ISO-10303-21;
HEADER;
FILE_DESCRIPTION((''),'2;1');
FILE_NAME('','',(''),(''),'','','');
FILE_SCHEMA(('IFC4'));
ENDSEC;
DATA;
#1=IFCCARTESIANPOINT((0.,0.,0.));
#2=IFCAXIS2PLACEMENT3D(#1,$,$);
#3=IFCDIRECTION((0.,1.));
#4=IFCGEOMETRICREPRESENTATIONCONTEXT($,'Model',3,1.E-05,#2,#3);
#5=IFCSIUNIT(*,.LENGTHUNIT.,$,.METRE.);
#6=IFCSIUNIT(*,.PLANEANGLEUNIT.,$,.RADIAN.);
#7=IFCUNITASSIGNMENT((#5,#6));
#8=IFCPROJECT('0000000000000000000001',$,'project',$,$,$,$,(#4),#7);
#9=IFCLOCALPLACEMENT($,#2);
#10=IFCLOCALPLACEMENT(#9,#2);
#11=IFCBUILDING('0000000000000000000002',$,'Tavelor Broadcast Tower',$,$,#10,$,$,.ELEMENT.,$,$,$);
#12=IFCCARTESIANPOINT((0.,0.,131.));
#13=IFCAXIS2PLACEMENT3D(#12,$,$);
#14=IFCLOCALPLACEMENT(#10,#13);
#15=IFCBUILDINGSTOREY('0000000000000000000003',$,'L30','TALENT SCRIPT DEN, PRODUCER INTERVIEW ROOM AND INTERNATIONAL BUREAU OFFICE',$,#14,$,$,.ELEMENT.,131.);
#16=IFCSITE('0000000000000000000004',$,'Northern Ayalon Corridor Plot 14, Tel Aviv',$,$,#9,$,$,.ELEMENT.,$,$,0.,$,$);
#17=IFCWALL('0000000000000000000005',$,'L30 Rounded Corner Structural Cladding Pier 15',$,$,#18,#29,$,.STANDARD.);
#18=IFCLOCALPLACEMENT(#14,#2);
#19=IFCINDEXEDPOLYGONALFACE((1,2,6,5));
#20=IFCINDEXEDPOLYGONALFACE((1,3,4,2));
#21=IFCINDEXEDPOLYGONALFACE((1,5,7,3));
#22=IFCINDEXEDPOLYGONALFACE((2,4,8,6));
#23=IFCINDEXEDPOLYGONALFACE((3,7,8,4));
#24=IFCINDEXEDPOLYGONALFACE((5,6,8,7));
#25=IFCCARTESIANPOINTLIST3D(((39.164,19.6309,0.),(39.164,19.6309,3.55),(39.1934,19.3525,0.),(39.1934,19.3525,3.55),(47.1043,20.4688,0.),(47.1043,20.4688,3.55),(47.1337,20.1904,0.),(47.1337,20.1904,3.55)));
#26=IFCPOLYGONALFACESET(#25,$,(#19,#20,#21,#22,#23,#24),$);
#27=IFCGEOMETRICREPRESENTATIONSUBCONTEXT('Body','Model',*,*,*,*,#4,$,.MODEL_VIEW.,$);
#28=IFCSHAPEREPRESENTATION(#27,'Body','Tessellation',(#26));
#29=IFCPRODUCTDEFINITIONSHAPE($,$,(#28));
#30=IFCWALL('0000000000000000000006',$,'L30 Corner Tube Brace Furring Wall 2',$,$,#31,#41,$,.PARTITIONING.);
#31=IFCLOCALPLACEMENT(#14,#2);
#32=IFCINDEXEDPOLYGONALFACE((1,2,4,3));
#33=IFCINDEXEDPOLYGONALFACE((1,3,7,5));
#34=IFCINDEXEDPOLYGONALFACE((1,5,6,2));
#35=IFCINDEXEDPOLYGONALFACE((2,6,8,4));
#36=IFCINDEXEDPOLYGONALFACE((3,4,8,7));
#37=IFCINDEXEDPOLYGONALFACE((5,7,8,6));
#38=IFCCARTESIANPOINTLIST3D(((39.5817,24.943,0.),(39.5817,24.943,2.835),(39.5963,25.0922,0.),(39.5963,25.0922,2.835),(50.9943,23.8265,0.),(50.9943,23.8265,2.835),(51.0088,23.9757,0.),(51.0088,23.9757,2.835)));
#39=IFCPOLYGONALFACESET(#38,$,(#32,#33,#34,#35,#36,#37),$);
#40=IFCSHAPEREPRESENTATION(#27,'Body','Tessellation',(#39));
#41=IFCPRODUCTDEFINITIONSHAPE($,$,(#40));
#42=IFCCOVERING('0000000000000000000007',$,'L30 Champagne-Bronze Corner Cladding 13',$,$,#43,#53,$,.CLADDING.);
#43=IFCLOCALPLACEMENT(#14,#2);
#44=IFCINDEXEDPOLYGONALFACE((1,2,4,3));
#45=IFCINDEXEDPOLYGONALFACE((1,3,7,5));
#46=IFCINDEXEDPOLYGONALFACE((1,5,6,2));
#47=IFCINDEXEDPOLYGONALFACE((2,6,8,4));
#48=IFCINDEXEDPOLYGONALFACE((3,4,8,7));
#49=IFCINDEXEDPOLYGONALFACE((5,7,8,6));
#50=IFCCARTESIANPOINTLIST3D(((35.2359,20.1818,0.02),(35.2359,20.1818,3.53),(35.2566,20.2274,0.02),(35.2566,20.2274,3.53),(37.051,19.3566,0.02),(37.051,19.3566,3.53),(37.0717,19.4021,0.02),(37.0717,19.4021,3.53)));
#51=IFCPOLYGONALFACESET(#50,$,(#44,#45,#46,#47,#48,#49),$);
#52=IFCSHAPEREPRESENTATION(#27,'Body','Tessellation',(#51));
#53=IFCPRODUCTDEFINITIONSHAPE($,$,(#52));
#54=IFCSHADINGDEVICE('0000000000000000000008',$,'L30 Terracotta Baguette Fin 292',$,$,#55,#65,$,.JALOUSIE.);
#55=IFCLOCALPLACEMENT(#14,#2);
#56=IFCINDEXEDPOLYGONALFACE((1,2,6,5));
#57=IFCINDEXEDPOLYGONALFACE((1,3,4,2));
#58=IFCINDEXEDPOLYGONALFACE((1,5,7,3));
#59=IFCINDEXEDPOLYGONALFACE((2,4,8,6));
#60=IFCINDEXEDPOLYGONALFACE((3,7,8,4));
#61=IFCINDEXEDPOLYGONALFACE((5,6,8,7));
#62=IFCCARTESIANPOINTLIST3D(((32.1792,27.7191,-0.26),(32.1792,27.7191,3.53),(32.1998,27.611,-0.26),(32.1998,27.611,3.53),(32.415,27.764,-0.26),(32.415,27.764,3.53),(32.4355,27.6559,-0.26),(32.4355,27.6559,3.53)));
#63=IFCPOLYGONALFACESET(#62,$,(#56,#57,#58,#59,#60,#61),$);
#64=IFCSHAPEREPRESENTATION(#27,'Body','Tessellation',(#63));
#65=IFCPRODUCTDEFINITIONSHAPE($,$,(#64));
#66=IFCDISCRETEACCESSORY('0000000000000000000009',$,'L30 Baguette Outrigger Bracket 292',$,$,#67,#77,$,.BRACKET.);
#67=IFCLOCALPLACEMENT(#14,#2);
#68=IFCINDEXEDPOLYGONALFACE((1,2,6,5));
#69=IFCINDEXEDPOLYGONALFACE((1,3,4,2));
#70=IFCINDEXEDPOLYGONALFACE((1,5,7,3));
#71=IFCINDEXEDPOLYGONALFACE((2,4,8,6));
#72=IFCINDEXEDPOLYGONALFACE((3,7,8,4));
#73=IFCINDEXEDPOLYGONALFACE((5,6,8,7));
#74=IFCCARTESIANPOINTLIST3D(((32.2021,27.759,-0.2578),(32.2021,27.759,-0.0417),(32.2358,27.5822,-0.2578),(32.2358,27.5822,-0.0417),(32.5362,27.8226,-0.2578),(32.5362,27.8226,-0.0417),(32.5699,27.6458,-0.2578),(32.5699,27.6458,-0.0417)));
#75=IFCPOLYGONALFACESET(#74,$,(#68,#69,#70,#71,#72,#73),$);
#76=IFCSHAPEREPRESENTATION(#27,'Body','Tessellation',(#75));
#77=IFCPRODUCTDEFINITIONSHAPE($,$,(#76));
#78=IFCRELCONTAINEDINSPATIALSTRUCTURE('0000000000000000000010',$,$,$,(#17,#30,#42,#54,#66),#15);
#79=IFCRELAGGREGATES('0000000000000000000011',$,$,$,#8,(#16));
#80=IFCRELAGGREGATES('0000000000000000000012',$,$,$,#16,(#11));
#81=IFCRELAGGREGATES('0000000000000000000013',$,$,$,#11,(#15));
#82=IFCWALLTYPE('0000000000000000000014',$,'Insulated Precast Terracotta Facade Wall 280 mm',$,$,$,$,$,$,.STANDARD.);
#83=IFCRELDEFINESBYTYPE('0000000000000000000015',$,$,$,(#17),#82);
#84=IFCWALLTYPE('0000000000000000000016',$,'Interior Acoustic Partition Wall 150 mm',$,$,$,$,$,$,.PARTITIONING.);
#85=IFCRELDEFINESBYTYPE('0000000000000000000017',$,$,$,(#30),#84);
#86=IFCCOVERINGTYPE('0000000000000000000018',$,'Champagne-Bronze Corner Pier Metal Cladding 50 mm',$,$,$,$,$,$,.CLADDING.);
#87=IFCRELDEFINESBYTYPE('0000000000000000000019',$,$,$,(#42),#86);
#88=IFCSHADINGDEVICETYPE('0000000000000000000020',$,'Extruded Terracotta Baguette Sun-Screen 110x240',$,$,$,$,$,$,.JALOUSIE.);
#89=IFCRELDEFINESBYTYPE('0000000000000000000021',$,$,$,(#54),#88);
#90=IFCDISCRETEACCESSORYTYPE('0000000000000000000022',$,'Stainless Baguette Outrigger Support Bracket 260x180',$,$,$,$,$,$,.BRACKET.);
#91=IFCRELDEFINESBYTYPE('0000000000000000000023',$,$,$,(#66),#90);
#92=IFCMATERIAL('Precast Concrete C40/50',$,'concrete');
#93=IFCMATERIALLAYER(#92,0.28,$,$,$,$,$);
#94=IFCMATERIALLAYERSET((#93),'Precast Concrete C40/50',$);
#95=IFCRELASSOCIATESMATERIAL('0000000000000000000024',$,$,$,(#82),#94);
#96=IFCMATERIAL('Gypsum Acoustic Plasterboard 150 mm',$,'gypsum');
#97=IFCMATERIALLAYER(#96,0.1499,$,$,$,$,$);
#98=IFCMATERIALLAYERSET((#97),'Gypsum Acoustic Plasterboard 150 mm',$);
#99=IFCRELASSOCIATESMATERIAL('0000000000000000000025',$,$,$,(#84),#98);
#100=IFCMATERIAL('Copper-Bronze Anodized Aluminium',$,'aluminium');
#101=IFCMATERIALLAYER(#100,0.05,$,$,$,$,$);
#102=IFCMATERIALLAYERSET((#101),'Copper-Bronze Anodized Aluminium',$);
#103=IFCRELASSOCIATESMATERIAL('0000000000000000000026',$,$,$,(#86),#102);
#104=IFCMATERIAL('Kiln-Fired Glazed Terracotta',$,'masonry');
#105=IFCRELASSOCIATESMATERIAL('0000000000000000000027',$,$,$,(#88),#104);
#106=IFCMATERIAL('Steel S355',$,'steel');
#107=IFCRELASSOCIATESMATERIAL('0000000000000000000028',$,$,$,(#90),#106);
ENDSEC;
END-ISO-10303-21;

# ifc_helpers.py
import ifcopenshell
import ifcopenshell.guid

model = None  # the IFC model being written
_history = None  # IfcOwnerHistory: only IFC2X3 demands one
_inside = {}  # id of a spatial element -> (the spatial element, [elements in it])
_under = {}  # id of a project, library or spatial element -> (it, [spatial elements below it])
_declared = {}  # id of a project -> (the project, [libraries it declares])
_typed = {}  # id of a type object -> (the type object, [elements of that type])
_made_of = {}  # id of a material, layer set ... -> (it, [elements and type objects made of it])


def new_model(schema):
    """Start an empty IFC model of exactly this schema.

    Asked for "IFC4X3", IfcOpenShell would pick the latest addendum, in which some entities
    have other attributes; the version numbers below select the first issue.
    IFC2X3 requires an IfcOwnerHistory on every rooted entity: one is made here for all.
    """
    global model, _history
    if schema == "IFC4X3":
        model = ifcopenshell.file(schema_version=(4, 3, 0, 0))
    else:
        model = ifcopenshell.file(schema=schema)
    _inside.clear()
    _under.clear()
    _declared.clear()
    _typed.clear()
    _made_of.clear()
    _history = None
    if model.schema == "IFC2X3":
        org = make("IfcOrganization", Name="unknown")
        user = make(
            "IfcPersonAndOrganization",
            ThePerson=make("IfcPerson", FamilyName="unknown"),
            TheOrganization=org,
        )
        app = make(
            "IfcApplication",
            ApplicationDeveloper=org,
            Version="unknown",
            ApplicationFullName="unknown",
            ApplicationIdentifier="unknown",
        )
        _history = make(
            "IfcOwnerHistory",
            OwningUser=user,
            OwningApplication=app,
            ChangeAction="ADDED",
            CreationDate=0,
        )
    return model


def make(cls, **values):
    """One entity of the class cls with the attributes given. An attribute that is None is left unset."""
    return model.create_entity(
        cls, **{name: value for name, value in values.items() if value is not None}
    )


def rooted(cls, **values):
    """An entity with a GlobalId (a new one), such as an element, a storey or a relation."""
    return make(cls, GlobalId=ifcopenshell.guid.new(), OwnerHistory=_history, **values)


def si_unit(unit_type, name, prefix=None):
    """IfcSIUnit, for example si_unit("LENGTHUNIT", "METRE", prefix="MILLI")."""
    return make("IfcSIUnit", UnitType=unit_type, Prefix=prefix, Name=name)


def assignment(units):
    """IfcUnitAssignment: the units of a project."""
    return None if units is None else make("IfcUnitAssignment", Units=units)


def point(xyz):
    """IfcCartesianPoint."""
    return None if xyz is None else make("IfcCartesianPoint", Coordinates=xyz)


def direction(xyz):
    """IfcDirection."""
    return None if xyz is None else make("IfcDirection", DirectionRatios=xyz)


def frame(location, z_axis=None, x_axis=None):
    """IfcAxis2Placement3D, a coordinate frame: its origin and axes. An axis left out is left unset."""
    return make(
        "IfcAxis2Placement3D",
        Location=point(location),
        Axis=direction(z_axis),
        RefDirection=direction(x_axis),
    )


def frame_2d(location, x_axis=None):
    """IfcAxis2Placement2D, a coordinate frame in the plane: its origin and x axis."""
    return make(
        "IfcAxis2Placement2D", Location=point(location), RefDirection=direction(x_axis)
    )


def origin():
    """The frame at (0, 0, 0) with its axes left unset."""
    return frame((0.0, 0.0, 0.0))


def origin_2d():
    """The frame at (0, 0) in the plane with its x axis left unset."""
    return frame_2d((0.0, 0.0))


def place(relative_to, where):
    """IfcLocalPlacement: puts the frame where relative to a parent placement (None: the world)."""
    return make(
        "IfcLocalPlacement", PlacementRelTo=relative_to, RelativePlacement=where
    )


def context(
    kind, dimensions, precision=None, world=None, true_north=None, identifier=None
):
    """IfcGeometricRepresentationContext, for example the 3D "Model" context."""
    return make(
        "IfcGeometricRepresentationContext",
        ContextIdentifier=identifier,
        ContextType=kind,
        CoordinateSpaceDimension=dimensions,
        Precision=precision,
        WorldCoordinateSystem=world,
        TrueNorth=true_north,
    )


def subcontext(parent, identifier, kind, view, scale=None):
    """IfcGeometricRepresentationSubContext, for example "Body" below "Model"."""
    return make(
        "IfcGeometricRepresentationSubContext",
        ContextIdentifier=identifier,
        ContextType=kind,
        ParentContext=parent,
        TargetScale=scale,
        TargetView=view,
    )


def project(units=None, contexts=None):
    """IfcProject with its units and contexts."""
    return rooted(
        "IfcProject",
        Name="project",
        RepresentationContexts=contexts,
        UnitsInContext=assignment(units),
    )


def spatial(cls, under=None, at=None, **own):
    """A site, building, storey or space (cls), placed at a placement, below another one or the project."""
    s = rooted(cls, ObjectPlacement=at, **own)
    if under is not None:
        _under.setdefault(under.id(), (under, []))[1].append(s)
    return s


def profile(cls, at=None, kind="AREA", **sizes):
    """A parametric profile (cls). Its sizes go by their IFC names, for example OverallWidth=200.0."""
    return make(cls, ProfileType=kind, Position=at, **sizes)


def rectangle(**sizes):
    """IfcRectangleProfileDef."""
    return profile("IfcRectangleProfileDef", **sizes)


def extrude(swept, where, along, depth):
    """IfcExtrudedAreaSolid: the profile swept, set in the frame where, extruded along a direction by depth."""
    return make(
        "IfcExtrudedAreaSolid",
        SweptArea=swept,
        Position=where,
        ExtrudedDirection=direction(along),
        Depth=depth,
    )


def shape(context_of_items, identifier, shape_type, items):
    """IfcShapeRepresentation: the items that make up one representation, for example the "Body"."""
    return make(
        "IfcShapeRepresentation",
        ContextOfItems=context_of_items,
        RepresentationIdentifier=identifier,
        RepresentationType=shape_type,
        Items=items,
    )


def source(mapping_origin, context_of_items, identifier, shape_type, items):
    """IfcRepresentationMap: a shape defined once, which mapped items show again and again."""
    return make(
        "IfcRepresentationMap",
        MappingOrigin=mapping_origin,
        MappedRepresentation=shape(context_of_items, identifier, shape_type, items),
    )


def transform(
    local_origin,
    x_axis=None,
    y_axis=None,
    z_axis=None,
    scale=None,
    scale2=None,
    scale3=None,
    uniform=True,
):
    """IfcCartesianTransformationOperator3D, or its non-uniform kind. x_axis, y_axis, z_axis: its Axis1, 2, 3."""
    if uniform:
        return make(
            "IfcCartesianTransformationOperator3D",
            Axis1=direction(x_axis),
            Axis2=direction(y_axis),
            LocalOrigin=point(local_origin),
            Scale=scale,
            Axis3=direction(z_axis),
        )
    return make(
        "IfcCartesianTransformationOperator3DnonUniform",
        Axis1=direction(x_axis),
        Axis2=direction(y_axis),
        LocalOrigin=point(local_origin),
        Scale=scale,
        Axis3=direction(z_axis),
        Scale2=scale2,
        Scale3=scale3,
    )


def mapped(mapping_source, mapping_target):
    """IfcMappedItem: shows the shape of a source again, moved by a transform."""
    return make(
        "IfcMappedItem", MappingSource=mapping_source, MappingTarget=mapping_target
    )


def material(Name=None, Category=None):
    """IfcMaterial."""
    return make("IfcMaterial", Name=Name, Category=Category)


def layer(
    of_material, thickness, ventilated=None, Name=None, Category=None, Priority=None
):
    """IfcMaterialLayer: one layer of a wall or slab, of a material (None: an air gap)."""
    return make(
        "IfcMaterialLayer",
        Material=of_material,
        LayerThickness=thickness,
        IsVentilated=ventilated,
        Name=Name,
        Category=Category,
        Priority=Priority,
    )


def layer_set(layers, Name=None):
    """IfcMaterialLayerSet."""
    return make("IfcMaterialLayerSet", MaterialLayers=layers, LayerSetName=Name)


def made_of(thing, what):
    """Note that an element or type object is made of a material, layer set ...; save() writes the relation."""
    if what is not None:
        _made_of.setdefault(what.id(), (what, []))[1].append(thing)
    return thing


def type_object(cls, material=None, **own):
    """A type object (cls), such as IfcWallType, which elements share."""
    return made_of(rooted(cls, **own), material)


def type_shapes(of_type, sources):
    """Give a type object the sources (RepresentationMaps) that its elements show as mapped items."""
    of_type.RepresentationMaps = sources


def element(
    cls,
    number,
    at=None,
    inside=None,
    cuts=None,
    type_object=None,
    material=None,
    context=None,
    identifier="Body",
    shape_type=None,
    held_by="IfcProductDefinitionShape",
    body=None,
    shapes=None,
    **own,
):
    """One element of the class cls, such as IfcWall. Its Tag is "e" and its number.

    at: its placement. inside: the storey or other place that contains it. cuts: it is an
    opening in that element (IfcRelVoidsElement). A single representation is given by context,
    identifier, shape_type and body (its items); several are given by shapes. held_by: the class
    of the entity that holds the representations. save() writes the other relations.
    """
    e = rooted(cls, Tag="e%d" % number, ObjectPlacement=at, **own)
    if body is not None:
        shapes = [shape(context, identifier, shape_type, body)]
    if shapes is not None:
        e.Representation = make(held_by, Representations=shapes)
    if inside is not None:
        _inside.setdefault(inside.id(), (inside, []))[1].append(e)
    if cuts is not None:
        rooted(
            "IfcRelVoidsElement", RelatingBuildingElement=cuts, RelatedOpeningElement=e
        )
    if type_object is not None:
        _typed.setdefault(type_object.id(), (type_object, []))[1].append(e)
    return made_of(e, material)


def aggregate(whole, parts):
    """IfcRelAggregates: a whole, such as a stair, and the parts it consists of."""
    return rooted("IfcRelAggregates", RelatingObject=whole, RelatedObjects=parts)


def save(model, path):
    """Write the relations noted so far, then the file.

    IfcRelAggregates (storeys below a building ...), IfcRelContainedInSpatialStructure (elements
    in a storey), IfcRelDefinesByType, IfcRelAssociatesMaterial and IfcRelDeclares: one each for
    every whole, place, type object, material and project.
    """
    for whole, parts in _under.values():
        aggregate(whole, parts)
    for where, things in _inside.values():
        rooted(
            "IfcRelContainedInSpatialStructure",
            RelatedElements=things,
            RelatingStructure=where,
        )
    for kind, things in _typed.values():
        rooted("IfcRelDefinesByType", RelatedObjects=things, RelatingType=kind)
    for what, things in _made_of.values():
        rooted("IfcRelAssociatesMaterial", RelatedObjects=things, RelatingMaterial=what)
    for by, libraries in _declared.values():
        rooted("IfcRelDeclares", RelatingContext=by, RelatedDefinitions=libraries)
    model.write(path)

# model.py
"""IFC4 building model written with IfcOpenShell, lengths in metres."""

from ifc_helpers import new_model, si_unit, direction, frame, frame_2d, origin, origin_2d, place, context, subcontext, project, spatial, rectangle, extrude, source, transform, mapped, material, layer, layer_set, type_object, type_shapes, element, save


model = new_model("IFC4")

# Units and contexts
model_context = context("Model", 3, precision=1e-05, world=origin(), true_north=direction((0.0, 1.0)))
body_context = subcontext(model_context, "Body", "Model", "MODEL_VIEW")
ifc_project = project(units=[si_unit("LENGTHUNIT", "METRE"), si_unit("PLANEANGLEUNIT", "RADIAN")], contexts=[model_context])

# Site, building, storey
site_placement = place(None, origin())
site = spatial("IfcSite", under=ifc_project, at=site_placement, Name="Northern Ayalon Corridor Plot 14, Tel Aviv", CompositionType="ELEMENT", RefElevation=0.0)
building_placement = place(site_placement, origin())
building = spatial("IfcBuilding", under=site, at=building_placement, Name="Tavelor Broadcast Tower", CompositionType="ELEMENT")
storey_placement = place(building_placement, frame((0.0, 0.0, 131.0)))
storey = spatial("IfcBuildingStorey", under=building, at=storey_placement, Name="L30", Description="TALENT SCRIPT DEN, PRODUCER INTERVIEW ROOM AND INTERNATIONAL BUREAU OFFICE", CompositionType="ELEMENT", Elevation=131.0)

# Shared definitions
ifc_material_1 = material(Name="Steel S355", Category="steel")

# Walls
ifc_material_2 = material(Name="Precast Concrete C40/50", Category="concrete")
ifc_layer_1 = layer(ifc_material_2, 0.28)
ifc_layer_set_1 = layer_set([ifc_layer_1], Name="Precast Concrete C40/50")
wall_type_1 = type_object("IfcWallType", Name="Insulated Precast Terracotta Facade Wall 280 mm", PredefinedType="STANDARD", material=ifc_layer_set_1)
wall_1_placement = place(storey_placement, frame((39.1787, 19.4917, 0.0), z_axis=(0.0, 0.0, 1.0), x_axis=(0.994478, 0.104943, 0.0)))
element("IfcWall", 1, at=wall_1_placement, inside=storey, type_object=wall_type_1, Name="L30 Rounded Corner Structural Cladding Pier 15", PredefinedType="STANDARD", context=body_context, shape_type="SweptSolid", body=[
    extrude(rectangle(XDim=7.9844, YDim=0.28, at=frame_2d((3.9922, 0.0))), origin(), (0.0, 0.0, 1.0), 3.55),
])
ifc_material_3 = material(Name="Gypsum Acoustic Plasterboard 150 mm", Category="gypsum")
ifc_layer_2 = layer(ifc_material_3, 0.1499)
ifc_layer_set_2 = layer_set([ifc_layer_2], Name="Gypsum Acoustic Plasterboard 150 mm")
wall_type_2 = type_object("IfcWallType", Name="Interior Acoustic Partition Wall 150 mm", PredefinedType="PARTITIONING", material=ifc_layer_set_2)
wall_2_placement = place(storey_placement, frame((39.5891, 25.0176, 0.0), z_axis=(0.0, 0.0, 1.0), x_axis=(0.995249, -0.097362, 0.0)))
element("IfcWall", 2, at=wall_2_placement, inside=storey, type_object=wall_type_2, Name="L30 Corner Tube Brace Furring Wall 2", PredefinedType="PARTITIONING", context=body_context, shape_type="SweptSolid", body=[
    extrude(rectangle(XDim=11.467, YDim=0.1499, at=frame_2d((5.7334, 0.0))), origin(), (0.0, 0.0, 1.0), 2.835),
])

# Covering
ifc_material_4 = material(Name="Copper-Bronze Anodized Aluminium", Category="aluminium")
ifc_layer_3 = layer(ifc_material_4, 0.05)
ifc_layer_set_3 = layer_set([ifc_layer_3], Name="Copper-Bronze Anodized Aluminium")
covering_type = type_object("IfcCoveringType", Name="Champagne-Bronze Corner Pier Metal Cladding 50 mm", PredefinedType="CLADDING", material=ifc_layer_set_3)
covering_placement = place(storey_placement, frame((36.1538, 19.792, 0.02), z_axis=(0.0, 0.0, 1.0), x_axis=(0.910323, -0.413899, 0.0)))
element("IfcCovering", 3, at=covering_placement, inside=storey, type_object=covering_type, Name="L30 Champagne-Bronze Corner Cladding 13", PredefinedType="CLADDING", context=body_context, shape_type="SweptSolid", body=[
    extrude(rectangle(XDim=1.9939, YDim=0.05, at=origin_2d()), origin(), (0.0, 0.0, 1.0), 3.51),
])

# Shading device
ifc_material_5 = material(Name="Kiln-Fired Glazed Terracotta", Category="masonry")
shading_device_type = type_object("IfcShadingDeviceType", Name="Extruded Terracotta Baguette Sun-Screen 110x240", PredefinedType="JALOUSIE", material=ifc_material_5)
shared_shape_1 = source(origin(), body_context, "Body", "SweptSolid", [
    extrude(rectangle(XDim=0.1101, YDim=0.24, at=origin_2d()), origin(), (0.0, 0.0, 1.0), 3.79),
])
type_shapes(shading_device_type, [shared_shape_1])
shading_device_placement = place(storey_placement, frame((32.3074, 27.6875, -0.26), z_axis=(0.0, 0.0, 1.0), x_axis=(0.187038, -0.982353, 0.0)))
element("IfcShadingDevice", 4, at=shading_device_placement, inside=storey, type_object=shading_device_type, Name="L30 Terracotta Baguette Fin 292", PredefinedType="JALOUSIE", context=body_context, shape_type="MappedRepresentation", body=[
    mapped(shared_shape_1, transform((0.0, 0.0, 0.0), scale=1.0)),
])

# Discrete accessory
discrete_accessory_type = type_object("IfcDiscreteAccessoryType", Name="Stainless Baguette Outrigger Support Bracket 260x180", PredefinedType="BRACKET", material=ifc_material_1)
shared_shape_2 = source(origin(), body_context, "Body", "SweptSolid", [
    extrude(rectangle(XDim=0.1799, YDim=0.3401, at=origin_2d()), origin(), (0.0, 0.0, 1.0), 0.2161),
])
type_shapes(discrete_accessory_type, [shared_shape_2])
discrete_accessory_placement = place(storey_placement, frame((32.386, 27.7024, -0.2578), z_axis=(0.0, 0.0, 1.0), x_axis=(0.187038, -0.982353, 0.0)))
element("IfcDiscreteAccessory", 5, at=discrete_accessory_placement, inside=storey, type_object=discrete_accessory_type, Name="L30 Baguette Outrigger Bracket 292", PredefinedType="BRACKET", context=body_context, shape_type="MappedRepresentation", body=[
    mapped(shared_shape_2, transform((0.0, 0.0, 0.0), scale=1.0)),
])

save(model, "model.ifc")
